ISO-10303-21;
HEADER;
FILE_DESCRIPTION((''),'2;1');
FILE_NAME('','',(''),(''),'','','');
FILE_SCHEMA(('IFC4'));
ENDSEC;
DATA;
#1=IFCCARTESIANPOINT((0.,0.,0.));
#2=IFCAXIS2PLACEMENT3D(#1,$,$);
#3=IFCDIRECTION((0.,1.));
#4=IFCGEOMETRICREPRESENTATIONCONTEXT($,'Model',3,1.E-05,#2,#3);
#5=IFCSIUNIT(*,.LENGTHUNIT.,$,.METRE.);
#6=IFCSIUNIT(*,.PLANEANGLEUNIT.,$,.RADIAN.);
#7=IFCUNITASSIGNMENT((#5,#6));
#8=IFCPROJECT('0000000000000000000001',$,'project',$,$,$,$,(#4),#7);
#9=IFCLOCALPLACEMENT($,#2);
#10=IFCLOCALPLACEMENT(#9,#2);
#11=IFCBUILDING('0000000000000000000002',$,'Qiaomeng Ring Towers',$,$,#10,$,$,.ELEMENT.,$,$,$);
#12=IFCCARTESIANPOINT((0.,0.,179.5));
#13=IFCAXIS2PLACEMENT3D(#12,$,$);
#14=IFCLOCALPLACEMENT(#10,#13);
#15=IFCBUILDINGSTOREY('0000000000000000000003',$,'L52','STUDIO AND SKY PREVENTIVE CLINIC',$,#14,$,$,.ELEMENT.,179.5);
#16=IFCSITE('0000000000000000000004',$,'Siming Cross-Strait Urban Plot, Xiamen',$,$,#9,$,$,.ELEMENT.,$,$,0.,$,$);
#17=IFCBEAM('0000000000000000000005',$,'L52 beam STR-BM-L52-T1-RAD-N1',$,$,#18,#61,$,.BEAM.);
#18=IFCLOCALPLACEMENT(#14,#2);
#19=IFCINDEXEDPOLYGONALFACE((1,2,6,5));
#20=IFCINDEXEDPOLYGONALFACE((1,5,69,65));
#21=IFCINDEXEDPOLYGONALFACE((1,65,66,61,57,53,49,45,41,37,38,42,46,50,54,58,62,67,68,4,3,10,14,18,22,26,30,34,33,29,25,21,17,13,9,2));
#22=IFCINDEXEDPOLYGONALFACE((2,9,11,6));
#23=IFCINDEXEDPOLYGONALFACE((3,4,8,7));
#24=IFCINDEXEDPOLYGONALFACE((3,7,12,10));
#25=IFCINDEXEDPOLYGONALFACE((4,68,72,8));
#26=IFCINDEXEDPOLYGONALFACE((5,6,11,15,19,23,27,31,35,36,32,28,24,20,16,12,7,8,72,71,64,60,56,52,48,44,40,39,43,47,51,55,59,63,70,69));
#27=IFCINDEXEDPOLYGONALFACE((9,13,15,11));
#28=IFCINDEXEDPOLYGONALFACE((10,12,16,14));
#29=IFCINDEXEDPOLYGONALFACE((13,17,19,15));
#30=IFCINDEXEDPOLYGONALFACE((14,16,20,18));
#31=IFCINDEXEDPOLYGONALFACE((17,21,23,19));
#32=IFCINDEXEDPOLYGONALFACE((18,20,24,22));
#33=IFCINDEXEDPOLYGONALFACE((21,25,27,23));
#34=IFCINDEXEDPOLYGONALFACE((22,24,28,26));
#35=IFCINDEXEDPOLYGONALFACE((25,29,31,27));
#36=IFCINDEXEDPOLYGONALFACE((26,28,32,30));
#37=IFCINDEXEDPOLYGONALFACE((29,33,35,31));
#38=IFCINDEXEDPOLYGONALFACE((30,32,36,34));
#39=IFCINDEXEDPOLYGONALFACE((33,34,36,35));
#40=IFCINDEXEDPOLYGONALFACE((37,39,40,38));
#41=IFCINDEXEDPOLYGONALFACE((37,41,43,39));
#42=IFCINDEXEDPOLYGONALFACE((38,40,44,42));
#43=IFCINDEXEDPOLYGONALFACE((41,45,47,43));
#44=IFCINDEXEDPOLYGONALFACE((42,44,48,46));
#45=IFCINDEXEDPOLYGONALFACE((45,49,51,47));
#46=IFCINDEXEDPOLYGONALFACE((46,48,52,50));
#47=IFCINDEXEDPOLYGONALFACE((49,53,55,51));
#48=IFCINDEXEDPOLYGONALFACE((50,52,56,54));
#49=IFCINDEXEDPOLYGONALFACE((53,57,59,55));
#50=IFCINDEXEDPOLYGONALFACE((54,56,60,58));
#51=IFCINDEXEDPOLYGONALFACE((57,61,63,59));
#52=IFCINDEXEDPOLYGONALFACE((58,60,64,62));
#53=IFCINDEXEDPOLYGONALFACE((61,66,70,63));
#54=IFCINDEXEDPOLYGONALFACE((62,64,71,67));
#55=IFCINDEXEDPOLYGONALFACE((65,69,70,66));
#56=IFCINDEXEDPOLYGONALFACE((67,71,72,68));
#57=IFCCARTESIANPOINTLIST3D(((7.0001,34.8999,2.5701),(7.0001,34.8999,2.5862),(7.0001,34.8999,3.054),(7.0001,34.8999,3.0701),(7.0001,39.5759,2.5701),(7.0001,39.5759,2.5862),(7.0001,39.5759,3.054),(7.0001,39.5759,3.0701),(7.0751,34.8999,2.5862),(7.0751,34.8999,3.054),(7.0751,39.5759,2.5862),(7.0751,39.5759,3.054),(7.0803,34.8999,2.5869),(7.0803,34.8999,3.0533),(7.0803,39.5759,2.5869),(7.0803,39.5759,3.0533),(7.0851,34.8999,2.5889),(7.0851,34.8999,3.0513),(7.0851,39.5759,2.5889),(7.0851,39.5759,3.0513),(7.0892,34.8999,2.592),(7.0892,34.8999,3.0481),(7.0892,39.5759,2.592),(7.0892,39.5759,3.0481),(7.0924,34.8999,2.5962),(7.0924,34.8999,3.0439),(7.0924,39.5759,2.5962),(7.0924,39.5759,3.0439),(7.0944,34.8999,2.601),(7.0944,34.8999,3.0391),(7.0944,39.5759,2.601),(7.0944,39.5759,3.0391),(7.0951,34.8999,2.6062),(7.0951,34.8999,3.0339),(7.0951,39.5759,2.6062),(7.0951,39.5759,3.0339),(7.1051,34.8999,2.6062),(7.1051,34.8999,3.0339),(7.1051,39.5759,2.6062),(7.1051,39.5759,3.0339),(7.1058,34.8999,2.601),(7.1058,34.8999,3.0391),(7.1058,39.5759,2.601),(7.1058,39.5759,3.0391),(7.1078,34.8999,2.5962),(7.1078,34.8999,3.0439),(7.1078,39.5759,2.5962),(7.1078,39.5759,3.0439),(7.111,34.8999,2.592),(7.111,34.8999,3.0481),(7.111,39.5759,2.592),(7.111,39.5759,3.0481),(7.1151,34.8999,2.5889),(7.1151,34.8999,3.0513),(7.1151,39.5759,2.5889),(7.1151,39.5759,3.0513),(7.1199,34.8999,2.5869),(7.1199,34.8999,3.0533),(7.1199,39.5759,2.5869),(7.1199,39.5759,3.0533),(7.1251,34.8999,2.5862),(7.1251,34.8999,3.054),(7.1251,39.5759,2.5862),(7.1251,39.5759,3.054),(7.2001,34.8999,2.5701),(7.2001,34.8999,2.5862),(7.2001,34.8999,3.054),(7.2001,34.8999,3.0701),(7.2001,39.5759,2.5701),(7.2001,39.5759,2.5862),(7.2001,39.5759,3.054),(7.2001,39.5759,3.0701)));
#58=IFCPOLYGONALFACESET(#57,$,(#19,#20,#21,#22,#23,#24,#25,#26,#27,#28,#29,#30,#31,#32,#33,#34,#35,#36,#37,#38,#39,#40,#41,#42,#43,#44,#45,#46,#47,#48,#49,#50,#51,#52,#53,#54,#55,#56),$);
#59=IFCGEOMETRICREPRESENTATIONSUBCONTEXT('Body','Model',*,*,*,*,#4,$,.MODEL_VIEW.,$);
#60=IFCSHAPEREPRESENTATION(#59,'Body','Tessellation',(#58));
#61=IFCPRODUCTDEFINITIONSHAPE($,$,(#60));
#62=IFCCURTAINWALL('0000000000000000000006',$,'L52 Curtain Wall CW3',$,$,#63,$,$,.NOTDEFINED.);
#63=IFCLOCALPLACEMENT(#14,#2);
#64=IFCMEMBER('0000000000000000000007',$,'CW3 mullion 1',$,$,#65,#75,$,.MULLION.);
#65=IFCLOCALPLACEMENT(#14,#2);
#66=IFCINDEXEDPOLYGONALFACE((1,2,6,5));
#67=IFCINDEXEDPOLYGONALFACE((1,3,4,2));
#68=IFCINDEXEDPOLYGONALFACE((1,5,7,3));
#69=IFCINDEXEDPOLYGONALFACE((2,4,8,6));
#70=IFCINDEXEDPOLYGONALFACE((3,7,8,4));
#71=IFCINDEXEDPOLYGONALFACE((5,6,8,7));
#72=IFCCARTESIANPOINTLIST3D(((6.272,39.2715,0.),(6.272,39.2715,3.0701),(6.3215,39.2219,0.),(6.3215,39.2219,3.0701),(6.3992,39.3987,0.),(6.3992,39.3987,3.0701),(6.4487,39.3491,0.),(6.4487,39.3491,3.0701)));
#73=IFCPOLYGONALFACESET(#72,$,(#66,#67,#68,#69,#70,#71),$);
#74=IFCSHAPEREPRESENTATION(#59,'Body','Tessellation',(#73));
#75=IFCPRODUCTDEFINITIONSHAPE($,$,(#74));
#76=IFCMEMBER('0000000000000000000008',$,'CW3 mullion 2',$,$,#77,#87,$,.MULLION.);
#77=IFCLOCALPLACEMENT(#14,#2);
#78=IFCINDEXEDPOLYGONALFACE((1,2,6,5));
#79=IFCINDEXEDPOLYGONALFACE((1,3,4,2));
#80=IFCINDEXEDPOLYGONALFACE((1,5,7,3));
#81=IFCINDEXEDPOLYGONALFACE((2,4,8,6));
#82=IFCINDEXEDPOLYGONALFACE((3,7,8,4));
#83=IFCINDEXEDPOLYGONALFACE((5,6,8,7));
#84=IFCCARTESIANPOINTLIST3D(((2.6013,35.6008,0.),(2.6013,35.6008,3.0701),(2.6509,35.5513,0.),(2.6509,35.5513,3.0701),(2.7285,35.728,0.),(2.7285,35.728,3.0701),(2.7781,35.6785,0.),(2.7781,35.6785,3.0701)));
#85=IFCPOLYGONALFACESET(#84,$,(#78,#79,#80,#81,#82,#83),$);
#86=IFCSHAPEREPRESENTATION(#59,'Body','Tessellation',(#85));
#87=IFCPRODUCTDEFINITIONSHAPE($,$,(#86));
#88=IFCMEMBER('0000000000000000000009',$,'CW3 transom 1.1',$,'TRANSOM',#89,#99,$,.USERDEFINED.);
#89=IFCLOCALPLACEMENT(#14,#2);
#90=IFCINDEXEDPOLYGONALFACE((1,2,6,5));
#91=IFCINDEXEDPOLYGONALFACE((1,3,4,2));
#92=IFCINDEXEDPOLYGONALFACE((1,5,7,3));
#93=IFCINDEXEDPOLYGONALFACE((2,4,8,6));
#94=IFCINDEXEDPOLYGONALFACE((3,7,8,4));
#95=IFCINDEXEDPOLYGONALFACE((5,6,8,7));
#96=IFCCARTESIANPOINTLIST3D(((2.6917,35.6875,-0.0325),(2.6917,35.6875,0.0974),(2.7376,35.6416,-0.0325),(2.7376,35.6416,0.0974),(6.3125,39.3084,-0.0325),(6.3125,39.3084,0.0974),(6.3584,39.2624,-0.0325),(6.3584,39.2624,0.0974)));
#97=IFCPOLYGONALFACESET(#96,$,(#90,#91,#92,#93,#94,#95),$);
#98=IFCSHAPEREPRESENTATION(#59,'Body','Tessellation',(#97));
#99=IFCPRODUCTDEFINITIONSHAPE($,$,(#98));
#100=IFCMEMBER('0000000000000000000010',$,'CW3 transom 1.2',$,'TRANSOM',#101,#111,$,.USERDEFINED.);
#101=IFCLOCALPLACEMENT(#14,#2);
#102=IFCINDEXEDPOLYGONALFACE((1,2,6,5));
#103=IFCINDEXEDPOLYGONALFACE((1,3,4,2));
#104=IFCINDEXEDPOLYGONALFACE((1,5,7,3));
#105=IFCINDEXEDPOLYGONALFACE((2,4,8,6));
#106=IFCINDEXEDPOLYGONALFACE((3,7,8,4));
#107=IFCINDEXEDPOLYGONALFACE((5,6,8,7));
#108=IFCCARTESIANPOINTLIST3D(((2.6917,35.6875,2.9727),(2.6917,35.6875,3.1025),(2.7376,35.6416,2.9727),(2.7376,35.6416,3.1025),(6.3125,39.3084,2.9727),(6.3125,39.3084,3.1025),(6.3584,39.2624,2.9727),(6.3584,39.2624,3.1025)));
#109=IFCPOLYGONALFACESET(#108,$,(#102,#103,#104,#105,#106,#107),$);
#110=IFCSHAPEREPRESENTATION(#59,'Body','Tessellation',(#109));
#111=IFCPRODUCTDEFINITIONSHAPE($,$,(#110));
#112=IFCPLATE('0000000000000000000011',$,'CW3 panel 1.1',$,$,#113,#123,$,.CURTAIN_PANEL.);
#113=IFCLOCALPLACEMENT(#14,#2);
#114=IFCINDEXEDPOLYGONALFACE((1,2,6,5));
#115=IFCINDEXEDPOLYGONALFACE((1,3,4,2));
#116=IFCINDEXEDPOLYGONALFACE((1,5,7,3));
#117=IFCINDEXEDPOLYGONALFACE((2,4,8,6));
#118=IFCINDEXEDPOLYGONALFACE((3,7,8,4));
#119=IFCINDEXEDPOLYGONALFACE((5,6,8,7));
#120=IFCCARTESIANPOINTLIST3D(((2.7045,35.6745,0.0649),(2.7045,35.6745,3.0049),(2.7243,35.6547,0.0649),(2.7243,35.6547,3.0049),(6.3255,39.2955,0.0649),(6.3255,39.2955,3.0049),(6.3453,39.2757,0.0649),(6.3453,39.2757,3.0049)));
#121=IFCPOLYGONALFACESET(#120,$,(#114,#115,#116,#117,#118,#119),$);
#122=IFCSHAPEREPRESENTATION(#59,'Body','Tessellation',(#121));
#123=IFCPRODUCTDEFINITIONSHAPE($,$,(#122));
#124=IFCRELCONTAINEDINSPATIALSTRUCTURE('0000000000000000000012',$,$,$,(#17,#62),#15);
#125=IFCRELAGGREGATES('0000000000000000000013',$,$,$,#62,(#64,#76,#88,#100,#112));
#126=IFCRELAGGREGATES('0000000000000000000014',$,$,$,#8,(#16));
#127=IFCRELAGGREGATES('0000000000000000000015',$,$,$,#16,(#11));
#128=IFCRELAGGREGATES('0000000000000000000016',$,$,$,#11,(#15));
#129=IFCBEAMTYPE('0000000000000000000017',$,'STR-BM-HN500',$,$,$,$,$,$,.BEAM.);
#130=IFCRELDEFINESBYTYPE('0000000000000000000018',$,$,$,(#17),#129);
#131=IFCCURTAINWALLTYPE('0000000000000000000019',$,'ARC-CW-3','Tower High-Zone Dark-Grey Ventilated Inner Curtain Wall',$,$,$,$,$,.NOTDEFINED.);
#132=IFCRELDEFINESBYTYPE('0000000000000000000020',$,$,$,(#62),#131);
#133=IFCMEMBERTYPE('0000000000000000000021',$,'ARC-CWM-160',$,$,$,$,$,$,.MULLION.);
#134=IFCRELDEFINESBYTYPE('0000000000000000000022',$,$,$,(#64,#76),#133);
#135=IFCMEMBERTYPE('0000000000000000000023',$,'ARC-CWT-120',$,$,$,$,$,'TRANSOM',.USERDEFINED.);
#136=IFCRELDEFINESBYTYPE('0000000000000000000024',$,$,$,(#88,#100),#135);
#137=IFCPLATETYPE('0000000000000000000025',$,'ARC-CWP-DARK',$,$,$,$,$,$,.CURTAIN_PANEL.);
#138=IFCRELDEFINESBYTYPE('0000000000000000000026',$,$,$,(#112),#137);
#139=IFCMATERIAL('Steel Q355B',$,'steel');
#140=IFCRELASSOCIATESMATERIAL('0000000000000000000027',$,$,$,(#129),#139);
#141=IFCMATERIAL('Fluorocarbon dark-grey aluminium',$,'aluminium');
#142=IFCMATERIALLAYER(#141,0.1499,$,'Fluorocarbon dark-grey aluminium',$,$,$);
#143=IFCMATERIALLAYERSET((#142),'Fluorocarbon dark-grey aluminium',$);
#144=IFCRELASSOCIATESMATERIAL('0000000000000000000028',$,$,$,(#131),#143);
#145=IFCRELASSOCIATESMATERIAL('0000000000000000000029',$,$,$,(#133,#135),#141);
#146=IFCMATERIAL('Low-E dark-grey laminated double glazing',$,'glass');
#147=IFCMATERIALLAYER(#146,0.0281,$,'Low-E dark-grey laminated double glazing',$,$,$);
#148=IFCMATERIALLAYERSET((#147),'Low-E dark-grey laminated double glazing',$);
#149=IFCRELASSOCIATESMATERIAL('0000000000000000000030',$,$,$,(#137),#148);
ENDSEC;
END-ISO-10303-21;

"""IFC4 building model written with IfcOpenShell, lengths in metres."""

from ifc_helpers import new_model, si_unit, direction, frame, origin, origin_2d, place, context, subcontext, project, spatial, rectangle, i_section, extrude, source, transform, mapped, material, layer, layer_set, material_profile, profile_set, type_object, element, aggregate, save


model = new_model("IFC4")

# Units and contexts
model_context = context("Model", 3, precision=1e-05, world=origin(), true_north=direction((0.0, 1.0)))
body_context = subcontext(model_context, "Body", "Model", "MODEL_VIEW")
ifc_project = project(units=[si_unit("LENGTHUNIT", "METRE"), si_unit("PLANEANGLEUNIT", "RADIAN")], contexts=[model_context])

# Site, building, storey
site_placement = place(None, origin())
site = spatial("IfcSite", under=ifc_project, at=site_placement, Name="Siming Cross-Strait Urban Plot, Xiamen", CompositionType="ELEMENT", RefElevation=0.0)
building_placement = place(site_placement, origin())
building = spatial("IfcBuilding", under=site, at=building_placement, Name="Qiaomeng Ring Towers", CompositionType="ELEMENT")
storey_placement = place(building_placement, frame((0.0, 0.0, 179.5)))
storey = spatial("IfcBuildingStorey", under=building, at=storey_placement, Name="L52", Description="STUDIO AND SKY PREVENTIVE CLINIC", CompositionType="ELEMENT", Elevation=179.5)

# Beam
ifc_material_1 = material(Name="Steel Q355B", Category="steel")
ifc_material_profile_1 = material_profile(ifc_material_1, i_section(OverallWidth=0.2, OverallDepth=0.5, WebThickness=0.01, FlangeThickness=0.0161, FilletRadius=0.02, at=origin_2d()), Name="HN 500x200x10x16")
ifc_profile_set_1 = profile_set([ifc_material_profile_1], Name="Steel Q355B")
beam_type_1 = type_object("IfcBeamType", Name="STR-BM-HN500", PredefinedType="BEAM", material=ifc_profile_set_1)
shared_shape_1 = source(origin(), body_context, "Body", "SweptSolid", [
    extrude(i_section(OverallWidth=0.2, OverallDepth=0.5, WebThickness=0.01, FlangeThickness=0.0161, FilletRadius=0.02, at=origin_2d()), origin(), (0.0, 0.0, 1.0), 4.676),
])
beam_1_placement = place(storey_placement, frame((7.1001, 39.5759, 2.8201), z_axis=(0.0, -1.0, 0.0), x_axis=(1.0, 0.0, 0.0)))
element("IfcBeam", 1, at=beam_1_placement, inside=storey, type_object=beam_type_1, Name="L52 beam STR-BM-L52-T1-RAD-N1", PredefinedType="BEAM", context=body_context, shape_type="MappedRepresentation", body=[
    mapped(shared_shape_1, transform((0.0, 0.0, 0.0), x_axis=(1.0, 0.0, 0.0), y_axis=(0.0, 1.0, 0.0), z_axis=(0.0, 0.0, 1.0), scale=1.0)),
])

# Curtain wall, members, plate
ifc_material_2 = material(Name="Fluorocarbon dark-grey aluminium", Category="aluminium")
ifc_layer_1 = layer(ifc_material_2, 0.1499, Name="Fluorocarbon dark-grey aluminium")
ifc_layer_set_1 = layer_set([ifc_layer_1], Name="Fluorocarbon dark-grey aluminium")
curtain_wall_type = type_object("IfcCurtainWallType", Name="ARC-CW-3", Description="Tower High-Zone Dark-Grey Ventilated Inner Curtain Wall", PredefinedType="NOTDEFINED", material=ifc_layer_set_1)
curtain_wall_placement = place(storey_placement, origin())
curtain_wall = element("IfcCurtainWall", 2, at=curtain_wall_placement, inside=storey, type_object=curtain_wall_type, Name="L52 Curtain Wall CW3", PredefinedType="NOTDEFINED")
ifc_material_profile_2 = material_profile(ifc_material_2, rectangle(XDim=0.0701, YDim=0.1799, at=origin_2d()), Name="ALU MULL 70x180")
ifc_profile_set_2 = profile_set([ifc_material_profile_2], Name="Fluorocarbon dark-grey aluminium")
member_type_1 = type_object("IfcMemberType", Name="ARC-CWM-160", PredefinedType="MULLION", material=ifc_profile_set_2)
shared_shape_2 = source(origin(), body_context, "Body", "SweptSolid", [
    extrude(rectangle(XDim=0.0701, YDim=0.1799, at=origin_2d()), origin(), (0.0, 0.0, 1.0), 3.0701),
])
member_1_placement = place(storey_placement, frame((6.3604, 39.3103, 0.0), z_axis=(0.0, 0.0, 1.0), x_axis=(0.707107, -0.707107, 0.0)))
member_1 = element("IfcMember", 3, at=member_1_placement, type_object=member_type_1, Name="CW3 mullion 1", PredefinedType="MULLION", context=body_context, shape_type="MappedRepresentation", body=[
    mapped(shared_shape_2, transform((0.0, 0.0, 0.0), x_axis=(1.0, 0.0, 0.0), y_axis=(0.0, 1.0, 0.0), z_axis=(0.0, 0.0, 1.0), scale=1.0)),
])
member_2_placement = place(storey_placement, frame((2.6897, 35.6396, 0.0), z_axis=(0.0, 0.0, 1.0), x_axis=(0.707107, -0.707107, 0.0)))
member_2 = element("IfcMember", 4, at=member_2_placement, type_object=member_type_1, Name="CW3 mullion 2", PredefinedType="MULLION", context=body_context, shape_type="MappedRepresentation", body=[
    mapped(shared_shape_2, transform((0.0, 0.0, 0.0), x_axis=(1.0, 0.0, 0.0), y_axis=(0.0, 1.0, 0.0), z_axis=(0.0, 0.0, 1.0), scale=1.0)),
])
ifc_material_profile_3 = material_profile(ifc_material_2, rectangle(XDim=0.0649, YDim=0.1299, at=origin_2d()), Name="ALU TRAN 65x130")
ifc_profile_set_3 = profile_set([ifc_material_profile_3], Name="Fluorocarbon dark-grey aluminium")
member_type_2 = type_object("IfcMemberType", Name="ARC-CWT-120", ElementType="TRANSOM", PredefinedType="USERDEFINED", material=ifc_profile_set_3)
shared_shape_3 = source(origin(), body_context, "Body", "SweptSolid", [
    extrude(rectangle(XDim=0.0649, YDim=0.1299, at=origin_2d()), origin(), (0.0, 0.0, 1.0), 5.1206),
])
member_3_placement = place(storey_placement, frame((6.3354, 39.2854, 0.0325), z_axis=(-0.707107, -0.707107, 0.0), x_axis=(0.707107, -0.707107, 0.0)))
member_3 = element("IfcMember", 5, at=member_3_placement, type_object=member_type_2, Name="CW3 transom 1.1", ObjectType="TRANSOM", PredefinedType="USERDEFINED", context=body_context, shape_type="MappedRepresentation", body=[
    mapped(shared_shape_3, transform((0.0, 0.0, 0.0), x_axis=(1.0, 0.0, 0.0), y_axis=(0.0, 1.0, 0.0), z_axis=(0.0, 0.0, 1.0), scale=1.0)),
])
member_4_placement = place(storey_placement, frame((6.3354, 39.2854, 3.0376), z_axis=(-0.707107, -0.707107, 0.0), x_axis=(0.707107, -0.707107, 0.0)))
member_4 = element("IfcMember", 6, at=member_4_placement, type_object=member_type_2, Name="CW3 transom 1.2", ObjectType="TRANSOM", PredefinedType="USERDEFINED", context=body_context, shape_type="MappedRepresentation", body=[
    mapped(shared_shape_3, transform((0.0, 0.0, 0.0), x_axis=(1.0, 0.0, 0.0), y_axis=(0.0, 1.0, 0.0), z_axis=(0.0, 0.0, 1.0), scale=1.0)),
])
ifc_material_3 = material(Name="Low-E dark-grey laminated double glazing", Category="glass")
ifc_layer_2 = layer(ifc_material_3, 0.0281, Name="Low-E dark-grey laminated double glazing")
ifc_layer_set_2 = layer_set([ifc_layer_2], Name="Low-E dark-grey laminated double glazing")
plate_type = type_object("IfcPlateType", Name="ARC-CWP-DARK", PredefinedType="CURTAIN_PANEL", material=ifc_layer_set_2)
shared_shape_4 = source(origin(), body_context, "Body", "SweptSolid", [
    extrude(rectangle(XDim=5.1208, YDim=0.0281, at=origin_2d()), origin(), (0.0, 0.0, 1.0), 2.9399),
])
plate_placement = place(storey_placement, frame((4.5249, 37.4751, 0.0649), z_axis=(0.0, 0.0, 1.0), x_axis=(-0.707107, -0.707107, 0.0)))
plate = element("IfcPlate", 7, at=plate_placement, type_object=plate_type, Name="CW3 panel 1.1", PredefinedType="CURTAIN_PANEL", context=body_context, shape_type="MappedRepresentation", body=[
    mapped(shared_shape_4, transform((0.0, 0.0, 0.0), x_axis=(1.0, 0.0, 0.0), y_axis=(0.0, 1.0, 0.0), z_axis=(0.0, 0.0, 1.0), scale=1.0)),
])
aggregate(curtain_wall, [member_1, member_2, member_3, member_4, plate])

save(model, "model.ifc")
